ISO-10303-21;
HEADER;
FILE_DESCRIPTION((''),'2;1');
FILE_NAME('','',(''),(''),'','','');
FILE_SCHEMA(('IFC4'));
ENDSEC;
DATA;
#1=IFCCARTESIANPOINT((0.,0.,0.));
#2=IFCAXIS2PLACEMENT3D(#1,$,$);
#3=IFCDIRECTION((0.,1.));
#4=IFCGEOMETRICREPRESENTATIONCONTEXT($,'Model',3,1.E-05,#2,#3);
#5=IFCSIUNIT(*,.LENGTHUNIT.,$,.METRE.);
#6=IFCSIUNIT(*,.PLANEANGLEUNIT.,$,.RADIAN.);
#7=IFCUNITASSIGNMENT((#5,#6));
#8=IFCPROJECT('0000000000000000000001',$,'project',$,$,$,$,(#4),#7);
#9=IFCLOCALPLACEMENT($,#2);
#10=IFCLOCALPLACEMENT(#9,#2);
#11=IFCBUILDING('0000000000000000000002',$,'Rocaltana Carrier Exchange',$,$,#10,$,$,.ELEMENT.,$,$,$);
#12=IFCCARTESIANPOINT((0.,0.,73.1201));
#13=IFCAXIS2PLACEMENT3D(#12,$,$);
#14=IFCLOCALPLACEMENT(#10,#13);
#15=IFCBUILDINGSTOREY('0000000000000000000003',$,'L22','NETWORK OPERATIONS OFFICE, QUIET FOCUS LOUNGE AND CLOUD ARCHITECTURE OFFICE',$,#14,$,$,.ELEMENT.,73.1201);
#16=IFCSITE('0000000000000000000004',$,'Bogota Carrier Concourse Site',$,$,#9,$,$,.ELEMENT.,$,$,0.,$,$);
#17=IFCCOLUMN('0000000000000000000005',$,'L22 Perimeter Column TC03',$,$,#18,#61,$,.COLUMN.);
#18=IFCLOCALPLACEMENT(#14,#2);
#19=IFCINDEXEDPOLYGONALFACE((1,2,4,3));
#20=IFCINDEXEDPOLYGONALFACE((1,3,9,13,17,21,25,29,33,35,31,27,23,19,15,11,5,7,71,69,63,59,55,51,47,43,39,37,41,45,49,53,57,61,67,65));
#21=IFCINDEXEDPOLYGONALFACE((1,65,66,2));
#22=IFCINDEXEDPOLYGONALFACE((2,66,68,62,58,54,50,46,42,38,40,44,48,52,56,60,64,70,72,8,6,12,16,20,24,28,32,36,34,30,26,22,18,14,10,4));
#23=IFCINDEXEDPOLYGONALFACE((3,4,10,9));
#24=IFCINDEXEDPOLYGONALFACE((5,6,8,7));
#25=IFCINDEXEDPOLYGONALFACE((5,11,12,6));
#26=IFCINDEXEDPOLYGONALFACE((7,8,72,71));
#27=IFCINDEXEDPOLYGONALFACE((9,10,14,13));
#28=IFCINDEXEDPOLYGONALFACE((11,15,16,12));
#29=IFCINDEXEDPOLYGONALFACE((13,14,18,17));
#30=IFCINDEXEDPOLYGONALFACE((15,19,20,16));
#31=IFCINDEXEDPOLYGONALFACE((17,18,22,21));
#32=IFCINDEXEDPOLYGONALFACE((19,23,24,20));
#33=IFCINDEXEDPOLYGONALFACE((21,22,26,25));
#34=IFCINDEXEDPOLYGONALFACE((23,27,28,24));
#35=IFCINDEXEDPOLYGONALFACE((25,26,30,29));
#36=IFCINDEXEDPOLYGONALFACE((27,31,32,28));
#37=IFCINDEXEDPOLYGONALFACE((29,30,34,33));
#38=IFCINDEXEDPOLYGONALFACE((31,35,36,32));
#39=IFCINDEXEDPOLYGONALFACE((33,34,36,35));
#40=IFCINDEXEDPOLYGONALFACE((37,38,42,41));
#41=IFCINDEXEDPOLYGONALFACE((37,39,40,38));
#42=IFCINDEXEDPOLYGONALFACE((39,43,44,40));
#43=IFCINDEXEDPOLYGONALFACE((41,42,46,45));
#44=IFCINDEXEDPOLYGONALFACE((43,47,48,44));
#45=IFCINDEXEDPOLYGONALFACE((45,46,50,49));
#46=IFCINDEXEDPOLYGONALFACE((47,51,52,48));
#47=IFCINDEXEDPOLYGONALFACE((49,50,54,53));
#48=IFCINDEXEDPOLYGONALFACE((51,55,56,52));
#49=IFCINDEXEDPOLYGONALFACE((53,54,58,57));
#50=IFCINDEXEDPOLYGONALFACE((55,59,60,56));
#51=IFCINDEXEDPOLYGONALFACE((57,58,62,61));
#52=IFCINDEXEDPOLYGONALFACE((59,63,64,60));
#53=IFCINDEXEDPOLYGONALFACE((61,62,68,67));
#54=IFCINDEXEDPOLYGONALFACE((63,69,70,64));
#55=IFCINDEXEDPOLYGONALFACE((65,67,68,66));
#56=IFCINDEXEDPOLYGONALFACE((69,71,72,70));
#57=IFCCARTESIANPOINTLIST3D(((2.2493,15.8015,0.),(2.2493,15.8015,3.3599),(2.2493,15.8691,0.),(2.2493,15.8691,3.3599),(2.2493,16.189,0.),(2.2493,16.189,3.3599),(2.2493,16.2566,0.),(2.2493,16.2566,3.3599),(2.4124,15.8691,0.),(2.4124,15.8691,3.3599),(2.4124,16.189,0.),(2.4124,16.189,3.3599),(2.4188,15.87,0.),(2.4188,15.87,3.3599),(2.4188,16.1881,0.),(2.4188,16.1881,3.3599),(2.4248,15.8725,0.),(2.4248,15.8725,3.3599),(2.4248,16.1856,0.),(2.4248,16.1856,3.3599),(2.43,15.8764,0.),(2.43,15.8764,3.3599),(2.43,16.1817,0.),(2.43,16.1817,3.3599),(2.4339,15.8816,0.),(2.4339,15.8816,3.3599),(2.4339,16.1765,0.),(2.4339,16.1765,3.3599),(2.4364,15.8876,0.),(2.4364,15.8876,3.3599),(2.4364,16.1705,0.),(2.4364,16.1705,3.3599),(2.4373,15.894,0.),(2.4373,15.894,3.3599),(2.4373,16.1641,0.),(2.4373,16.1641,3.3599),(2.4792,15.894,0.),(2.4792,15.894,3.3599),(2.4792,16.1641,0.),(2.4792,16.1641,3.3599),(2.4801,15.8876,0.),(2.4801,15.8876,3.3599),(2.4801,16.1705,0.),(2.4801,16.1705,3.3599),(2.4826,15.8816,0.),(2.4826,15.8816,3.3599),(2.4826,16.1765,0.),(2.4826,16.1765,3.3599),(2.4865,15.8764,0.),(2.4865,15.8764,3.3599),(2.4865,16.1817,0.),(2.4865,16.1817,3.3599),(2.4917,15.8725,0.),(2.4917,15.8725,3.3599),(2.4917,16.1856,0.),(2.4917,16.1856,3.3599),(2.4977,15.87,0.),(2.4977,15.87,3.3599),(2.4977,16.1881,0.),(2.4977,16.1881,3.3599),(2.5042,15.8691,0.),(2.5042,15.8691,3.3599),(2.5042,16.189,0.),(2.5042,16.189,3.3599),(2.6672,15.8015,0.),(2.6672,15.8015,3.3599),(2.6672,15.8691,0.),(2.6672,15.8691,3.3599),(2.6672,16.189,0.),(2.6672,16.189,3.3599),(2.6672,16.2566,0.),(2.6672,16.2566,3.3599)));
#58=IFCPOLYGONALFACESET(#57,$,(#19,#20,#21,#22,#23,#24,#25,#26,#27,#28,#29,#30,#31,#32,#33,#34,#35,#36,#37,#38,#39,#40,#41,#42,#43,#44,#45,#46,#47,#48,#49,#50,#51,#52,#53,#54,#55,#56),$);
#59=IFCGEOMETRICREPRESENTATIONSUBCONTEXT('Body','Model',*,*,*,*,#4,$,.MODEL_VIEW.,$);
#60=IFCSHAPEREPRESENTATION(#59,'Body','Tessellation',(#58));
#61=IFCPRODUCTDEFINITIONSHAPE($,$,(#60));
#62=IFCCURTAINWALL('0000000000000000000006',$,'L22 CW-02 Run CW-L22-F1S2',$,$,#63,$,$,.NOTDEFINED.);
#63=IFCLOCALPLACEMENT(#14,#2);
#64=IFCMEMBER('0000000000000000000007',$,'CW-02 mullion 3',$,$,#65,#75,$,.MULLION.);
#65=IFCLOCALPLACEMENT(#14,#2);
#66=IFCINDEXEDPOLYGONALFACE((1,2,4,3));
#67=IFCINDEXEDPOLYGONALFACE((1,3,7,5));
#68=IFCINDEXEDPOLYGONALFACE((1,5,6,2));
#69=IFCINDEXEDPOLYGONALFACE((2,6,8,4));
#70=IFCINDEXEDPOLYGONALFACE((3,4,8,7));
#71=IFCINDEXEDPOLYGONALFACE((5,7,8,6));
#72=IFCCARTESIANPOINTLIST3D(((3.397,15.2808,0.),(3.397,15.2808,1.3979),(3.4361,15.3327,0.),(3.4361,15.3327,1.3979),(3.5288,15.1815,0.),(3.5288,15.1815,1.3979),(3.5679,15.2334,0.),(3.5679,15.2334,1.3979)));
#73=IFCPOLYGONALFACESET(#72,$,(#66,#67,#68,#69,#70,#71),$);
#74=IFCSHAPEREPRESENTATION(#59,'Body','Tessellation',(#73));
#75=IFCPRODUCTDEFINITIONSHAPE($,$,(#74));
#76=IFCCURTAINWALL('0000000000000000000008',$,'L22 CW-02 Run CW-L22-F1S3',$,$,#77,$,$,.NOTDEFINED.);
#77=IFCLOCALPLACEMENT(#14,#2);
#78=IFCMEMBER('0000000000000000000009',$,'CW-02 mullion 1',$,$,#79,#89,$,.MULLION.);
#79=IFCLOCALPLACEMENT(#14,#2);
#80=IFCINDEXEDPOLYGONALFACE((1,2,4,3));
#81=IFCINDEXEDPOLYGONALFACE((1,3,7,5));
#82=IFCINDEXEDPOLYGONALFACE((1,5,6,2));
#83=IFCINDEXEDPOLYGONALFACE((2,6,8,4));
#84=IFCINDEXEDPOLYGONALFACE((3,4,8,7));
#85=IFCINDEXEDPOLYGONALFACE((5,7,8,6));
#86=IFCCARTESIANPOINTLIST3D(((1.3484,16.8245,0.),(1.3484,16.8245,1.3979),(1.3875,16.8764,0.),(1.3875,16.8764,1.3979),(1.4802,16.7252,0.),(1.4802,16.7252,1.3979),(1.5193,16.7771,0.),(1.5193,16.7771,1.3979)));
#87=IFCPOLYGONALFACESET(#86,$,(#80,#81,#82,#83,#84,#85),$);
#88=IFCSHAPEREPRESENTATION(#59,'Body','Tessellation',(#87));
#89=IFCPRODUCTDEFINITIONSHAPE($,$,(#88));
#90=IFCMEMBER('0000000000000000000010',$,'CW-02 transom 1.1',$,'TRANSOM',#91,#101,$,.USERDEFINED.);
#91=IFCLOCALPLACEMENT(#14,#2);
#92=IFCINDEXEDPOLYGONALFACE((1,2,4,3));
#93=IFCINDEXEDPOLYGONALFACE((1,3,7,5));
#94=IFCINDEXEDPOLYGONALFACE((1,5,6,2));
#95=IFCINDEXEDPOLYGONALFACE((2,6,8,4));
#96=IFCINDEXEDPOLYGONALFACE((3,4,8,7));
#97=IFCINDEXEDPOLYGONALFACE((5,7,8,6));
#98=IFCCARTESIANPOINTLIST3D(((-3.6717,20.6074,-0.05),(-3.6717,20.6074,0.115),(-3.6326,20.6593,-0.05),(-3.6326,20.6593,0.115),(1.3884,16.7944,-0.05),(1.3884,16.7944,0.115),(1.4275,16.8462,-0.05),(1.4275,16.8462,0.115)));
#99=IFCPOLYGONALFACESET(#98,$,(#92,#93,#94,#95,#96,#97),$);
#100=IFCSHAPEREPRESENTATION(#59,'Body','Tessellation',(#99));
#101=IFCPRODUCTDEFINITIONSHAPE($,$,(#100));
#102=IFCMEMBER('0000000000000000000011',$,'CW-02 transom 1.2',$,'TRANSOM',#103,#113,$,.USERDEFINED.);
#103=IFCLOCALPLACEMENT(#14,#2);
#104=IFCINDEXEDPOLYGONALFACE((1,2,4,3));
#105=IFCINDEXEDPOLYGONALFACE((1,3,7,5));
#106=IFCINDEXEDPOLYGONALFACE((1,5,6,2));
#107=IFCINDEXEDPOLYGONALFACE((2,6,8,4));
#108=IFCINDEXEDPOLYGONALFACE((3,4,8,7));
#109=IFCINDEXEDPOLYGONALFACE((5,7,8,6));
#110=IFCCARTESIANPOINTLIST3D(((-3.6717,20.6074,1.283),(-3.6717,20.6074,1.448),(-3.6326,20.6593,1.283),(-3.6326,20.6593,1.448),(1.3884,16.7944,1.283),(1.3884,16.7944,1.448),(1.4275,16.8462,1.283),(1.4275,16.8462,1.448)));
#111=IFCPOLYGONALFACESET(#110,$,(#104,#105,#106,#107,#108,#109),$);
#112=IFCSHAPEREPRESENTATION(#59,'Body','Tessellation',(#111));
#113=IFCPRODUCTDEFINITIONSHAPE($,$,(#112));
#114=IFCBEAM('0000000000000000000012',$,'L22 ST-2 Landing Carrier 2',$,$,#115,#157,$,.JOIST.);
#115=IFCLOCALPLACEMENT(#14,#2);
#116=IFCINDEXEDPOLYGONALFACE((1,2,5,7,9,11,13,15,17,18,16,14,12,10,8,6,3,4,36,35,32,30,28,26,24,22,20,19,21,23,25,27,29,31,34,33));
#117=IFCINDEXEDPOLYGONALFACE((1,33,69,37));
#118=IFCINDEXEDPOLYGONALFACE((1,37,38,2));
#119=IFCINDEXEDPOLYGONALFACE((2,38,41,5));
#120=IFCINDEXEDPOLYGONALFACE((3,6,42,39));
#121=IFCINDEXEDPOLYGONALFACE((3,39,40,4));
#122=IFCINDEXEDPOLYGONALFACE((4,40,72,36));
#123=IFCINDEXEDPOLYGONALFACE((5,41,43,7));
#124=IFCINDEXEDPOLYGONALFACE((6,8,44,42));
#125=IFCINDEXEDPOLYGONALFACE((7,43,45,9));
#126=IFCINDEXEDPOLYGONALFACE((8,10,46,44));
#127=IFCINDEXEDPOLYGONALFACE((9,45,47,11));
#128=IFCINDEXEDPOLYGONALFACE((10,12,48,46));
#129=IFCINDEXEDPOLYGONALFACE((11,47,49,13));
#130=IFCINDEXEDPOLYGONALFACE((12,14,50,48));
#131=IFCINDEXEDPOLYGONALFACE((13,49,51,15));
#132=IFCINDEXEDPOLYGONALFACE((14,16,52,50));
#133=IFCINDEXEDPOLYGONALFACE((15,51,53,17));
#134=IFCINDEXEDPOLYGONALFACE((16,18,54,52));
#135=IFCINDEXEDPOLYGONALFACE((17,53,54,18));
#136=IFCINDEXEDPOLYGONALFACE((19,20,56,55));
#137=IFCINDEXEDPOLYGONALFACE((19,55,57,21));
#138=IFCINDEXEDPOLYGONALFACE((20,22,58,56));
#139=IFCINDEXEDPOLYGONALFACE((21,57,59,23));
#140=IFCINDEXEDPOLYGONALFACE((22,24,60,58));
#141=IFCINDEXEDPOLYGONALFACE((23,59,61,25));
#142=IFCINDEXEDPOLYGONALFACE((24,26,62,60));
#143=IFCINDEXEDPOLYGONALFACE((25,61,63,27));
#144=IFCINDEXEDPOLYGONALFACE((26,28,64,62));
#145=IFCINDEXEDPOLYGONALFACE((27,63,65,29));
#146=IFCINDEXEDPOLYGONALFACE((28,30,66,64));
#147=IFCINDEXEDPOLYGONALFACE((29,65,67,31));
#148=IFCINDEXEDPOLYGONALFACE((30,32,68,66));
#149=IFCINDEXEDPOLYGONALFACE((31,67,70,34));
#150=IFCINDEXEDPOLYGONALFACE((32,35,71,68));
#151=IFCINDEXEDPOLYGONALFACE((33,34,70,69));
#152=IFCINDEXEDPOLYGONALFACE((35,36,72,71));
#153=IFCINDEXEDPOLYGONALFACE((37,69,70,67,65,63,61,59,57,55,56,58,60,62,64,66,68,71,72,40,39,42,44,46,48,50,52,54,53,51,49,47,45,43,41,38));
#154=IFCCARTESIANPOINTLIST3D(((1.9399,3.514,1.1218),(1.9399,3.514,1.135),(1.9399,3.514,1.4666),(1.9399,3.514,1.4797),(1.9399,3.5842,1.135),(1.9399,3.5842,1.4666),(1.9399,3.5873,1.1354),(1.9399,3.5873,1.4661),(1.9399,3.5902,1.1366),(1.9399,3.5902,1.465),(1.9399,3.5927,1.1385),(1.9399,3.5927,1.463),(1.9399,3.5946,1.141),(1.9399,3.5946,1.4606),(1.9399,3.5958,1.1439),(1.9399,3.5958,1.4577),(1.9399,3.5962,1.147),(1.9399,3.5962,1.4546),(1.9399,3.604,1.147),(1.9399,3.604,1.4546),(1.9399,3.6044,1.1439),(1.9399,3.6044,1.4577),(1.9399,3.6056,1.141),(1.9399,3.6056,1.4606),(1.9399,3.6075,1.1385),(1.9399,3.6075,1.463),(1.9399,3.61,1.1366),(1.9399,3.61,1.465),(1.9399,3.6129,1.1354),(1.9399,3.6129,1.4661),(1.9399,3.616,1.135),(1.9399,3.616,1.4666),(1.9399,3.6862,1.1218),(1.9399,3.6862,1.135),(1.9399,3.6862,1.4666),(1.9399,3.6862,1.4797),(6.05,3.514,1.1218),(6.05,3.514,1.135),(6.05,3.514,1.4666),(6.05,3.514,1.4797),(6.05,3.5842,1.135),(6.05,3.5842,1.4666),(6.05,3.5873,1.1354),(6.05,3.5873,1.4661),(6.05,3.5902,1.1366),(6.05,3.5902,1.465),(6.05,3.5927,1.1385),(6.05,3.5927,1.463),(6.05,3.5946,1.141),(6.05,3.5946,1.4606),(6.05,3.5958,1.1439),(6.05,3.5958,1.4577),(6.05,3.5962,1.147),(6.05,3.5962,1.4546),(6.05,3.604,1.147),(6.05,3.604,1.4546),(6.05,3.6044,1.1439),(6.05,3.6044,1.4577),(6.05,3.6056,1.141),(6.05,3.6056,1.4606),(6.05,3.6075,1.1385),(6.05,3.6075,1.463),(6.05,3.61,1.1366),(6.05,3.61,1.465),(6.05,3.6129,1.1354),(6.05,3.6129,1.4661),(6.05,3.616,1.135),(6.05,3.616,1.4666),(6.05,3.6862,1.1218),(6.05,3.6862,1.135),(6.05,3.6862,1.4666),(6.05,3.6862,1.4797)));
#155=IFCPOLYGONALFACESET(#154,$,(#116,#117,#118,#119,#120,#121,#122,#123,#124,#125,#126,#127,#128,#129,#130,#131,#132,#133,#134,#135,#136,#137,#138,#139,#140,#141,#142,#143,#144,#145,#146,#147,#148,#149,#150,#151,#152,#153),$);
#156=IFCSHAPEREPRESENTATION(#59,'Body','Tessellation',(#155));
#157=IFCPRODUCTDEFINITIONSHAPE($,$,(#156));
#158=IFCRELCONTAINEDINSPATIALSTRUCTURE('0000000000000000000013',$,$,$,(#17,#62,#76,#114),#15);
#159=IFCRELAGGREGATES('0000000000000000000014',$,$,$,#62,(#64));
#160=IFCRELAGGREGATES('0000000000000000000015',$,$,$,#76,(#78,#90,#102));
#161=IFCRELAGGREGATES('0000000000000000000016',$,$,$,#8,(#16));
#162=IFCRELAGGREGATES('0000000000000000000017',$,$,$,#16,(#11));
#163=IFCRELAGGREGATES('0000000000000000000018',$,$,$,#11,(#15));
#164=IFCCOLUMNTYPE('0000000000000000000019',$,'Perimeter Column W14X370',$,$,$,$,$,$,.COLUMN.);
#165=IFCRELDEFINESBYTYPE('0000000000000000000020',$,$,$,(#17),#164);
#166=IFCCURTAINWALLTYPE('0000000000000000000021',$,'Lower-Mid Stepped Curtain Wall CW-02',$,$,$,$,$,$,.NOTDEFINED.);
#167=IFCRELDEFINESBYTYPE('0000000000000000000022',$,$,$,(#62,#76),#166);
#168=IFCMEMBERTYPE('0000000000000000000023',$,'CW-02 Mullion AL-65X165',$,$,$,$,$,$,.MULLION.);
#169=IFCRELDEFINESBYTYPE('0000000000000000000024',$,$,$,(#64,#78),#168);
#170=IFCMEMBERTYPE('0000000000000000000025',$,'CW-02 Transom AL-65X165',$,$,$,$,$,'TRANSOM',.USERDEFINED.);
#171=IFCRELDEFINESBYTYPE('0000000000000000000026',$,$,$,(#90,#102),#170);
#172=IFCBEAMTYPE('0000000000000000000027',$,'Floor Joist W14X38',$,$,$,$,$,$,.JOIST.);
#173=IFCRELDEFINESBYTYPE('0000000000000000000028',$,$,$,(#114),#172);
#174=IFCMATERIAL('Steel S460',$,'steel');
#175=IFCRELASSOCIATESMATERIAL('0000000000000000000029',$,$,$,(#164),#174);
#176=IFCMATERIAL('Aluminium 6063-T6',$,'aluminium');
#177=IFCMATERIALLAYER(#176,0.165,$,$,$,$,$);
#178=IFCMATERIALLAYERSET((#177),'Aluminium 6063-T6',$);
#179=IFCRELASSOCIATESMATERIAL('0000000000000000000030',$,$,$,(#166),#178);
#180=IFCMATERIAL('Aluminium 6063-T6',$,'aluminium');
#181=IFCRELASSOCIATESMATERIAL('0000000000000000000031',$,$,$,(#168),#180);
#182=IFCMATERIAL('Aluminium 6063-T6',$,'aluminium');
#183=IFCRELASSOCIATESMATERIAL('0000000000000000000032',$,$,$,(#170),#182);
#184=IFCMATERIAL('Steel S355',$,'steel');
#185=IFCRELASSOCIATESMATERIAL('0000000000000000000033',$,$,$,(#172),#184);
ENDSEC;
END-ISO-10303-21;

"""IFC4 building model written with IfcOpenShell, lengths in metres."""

from ifc_helpers import new_model, si_unit, direction, frame, origin, origin_2d, place, context, subcontext, project, spatial, rectangle, i_section, extrude, material, layer, layer_set, material_profile, profile_set, type_object, element, aggregate, save


model = new_model("IFC4")

# Units and contexts
model_context = context("Model", 3, precision=1e-05, world=origin(), true_north=direction((0.0, 1.0)))
body_context = subcontext(model_context, "Body", "Model", "MODEL_VIEW")
ifc_project = project(units=[si_unit("LENGTHUNIT", "METRE"), si_unit("PLANEANGLEUNIT", "RADIAN")], contexts=[model_context])

# Site, building, storey
site_placement = place(None, origin())
site = spatial("IfcSite", under=ifc_project, at=site_placement, Name="Bogota Carrier Concourse Site", CompositionType="ELEMENT", RefElevation=0.0)
building_placement = place(site_placement, origin())
building = spatial("IfcBuilding", under=site, at=building_placement, Name="Rocaltana Carrier Exchange", CompositionType="ELEMENT")
storey_placement = place(building_placement, frame((0.0, 0.0, 73.1201)))
storey = spatial("IfcBuildingStorey", under=building, at=storey_placement, Name="L22", Description="NETWORK OPERATIONS OFFICE, QUIET FOCUS LOUNGE AND CLOUD ARCHITECTURE OFFICE", CompositionType="ELEMENT", Elevation=73.1201)

# Column
ifc_material_1 = material(Name="Steel S460", Category="steel")
ifc_material_profile_1 = material_profile(ifc_material_1, i_section(OverallWidth=0.418, OverallDepth=0.4551, WebThickness=0.042, FlangeThickness=0.0676, FilletRadius=0.0249, at=origin_2d()), Name="W14X370")
ifc_profile_set_1 = profile_set([ifc_material_profile_1], Name="Steel S460")
column_type = type_object("IfcColumnType", Name="Perimeter Column W14X370", PredefinedType="COLUMN", material=ifc_profile_set_1)
column_placement = place(storey_placement, frame((2.4583, 16.0291, 0.0), z_axis=(0.0, 0.0, 1.0), x_axis=(1.0, 0.0, 0.0)))
element("IfcColumn", 1, at=column_placement, inside=storey, type_object=column_type, Name="L22 Perimeter Column TC03", PredefinedType="COLUMN", context=body_context, shape_type="SweptSolid", body=[
    extrude(i_section(OverallWidth=0.418, OverallDepth=0.4551, WebThickness=0.042, FlangeThickness=0.0676, FilletRadius=0.0249, at=origin_2d()), origin(), (0.0, 0.0, 1.0), 3.3599),
])

# Curtain wall, member
ifc_material_2 = material(Name="Aluminium 6063-T6", Category="aluminium")
ifc_layer_1 = layer(ifc_material_2, 0.165)
ifc_layer_set_1 = layer_set([ifc_layer_1], Name="Aluminium 6063-T6")
curtain_wall_type = type_object("IfcCurtainWallType", Name="Lower-Mid Stepped Curtain Wall CW-02", PredefinedType="NOTDEFINED", material=ifc_layer_set_1)
curtain_wall_1_placement = place(storey_placement, origin())
curtain_wall_1 = element("IfcCurtainWall", 2, at=curtain_wall_1_placement, inside=storey, type_object=curtain_wall_type, Name="L22 CW-02 Run CW-L22-F1S2", PredefinedType="NOTDEFINED")
ifc_material_3 = material(Name="Aluminium 6063-T6", Category="aluminium")
ifc_material_profile_2 = material_profile(ifc_material_3, rectangle(XDim=0.0649, YDim=0.165, at=origin_2d()), Name="AL-65X165")
ifc_profile_set_2 = profile_set([ifc_material_profile_2], Name="Aluminium 6063-T6")
member_type_1 = type_object("IfcMemberType", Name="CW-02 Mullion AL-65X165", PredefinedType="MULLION", material=ifc_profile_set_2)
member_1_placement = place(storey_placement, frame((3.4824, 15.2571, 0.0), z_axis=(0.0, 0.0, 1.0), x_axis=(-0.601815, -0.798635, 0.0)))
member_1 = element("IfcMember", 3, at=member_1_placement, type_object=member_type_1, Name="CW-02 mullion 3", PredefinedType="MULLION", context=body_context, shape_type="SweptSolid", body=[
    extrude(rectangle(XDim=0.0649, YDim=0.165, at=origin_2d()), origin(), (0.0, 0.0, 1.0), 1.3979),
])
aggregate(curtain_wall_1, [member_1])

# Curtain wall, members
curtain_wall_2_placement = place(storey_placement, origin())
curtain_wall_2 = element("IfcCurtainWall", 4, at=curtain_wall_2_placement, inside=storey, type_object=curtain_wall_type, Name="L22 CW-02 Run CW-L22-F1S3", PredefinedType="NOTDEFINED")
member_2_placement = place(storey_placement, frame((1.4338, 16.8008, 0.0), z_axis=(0.0, 0.0, 1.0), x_axis=(-0.601812, -0.798638, 0.0)))
member_2 = element("IfcMember", 5, at=member_2_placement, type_object=member_type_1, Name="CW-02 mullion 1", PredefinedType="MULLION", context=body_context, shape_type="SweptSolid", body=[
    extrude(rectangle(XDim=0.0649, YDim=0.165, at=origin_2d()), origin(), (0.0, 0.0, 1.0), 1.3979),
])
ifc_material_4 = material(Name="Aluminium 6063-T6", Category="aluminium")
ifc_material_profile_3 = material_profile(ifc_material_4, rectangle(XDim=0.0649, YDim=0.165, at=origin_2d()), Name="AL-65X165")
ifc_profile_set_3 = profile_set([ifc_material_profile_3], Name="Aluminium 6063-T6")
member_type_2 = type_object("IfcMemberType", Name="CW-02 Transom AL-65X165", ElementType="TRANSOM", PredefinedType="USERDEFINED", material=ifc_profile_set_3)
member_3_placement = place(storey_placement, frame((1.408, 16.8203, 0.0325), z_axis=(-0.798638, 0.601811, 0.0), x_axis=(-0.601811, -0.798638, 0.0)))
member_3 = element("IfcMember", 6, at=member_3_placement, type_object=member_type_2, Name="CW-02 transom 1.1", ObjectType="TRANSOM", PredefinedType="USERDEFINED", context=body_context, shape_type="SweptSolid", body=[
    extrude(rectangle(XDim=0.0649, YDim=0.165, at=origin_2d()), origin(), (0.0, 0.0, 1.0), 6.3359),
])
member_4_placement = place(storey_placement, frame((1.408, 16.8203, 1.3655), z_axis=(-0.798638, 0.601811, 0.0), x_axis=(-0.601811, -0.798638, 0.0)))
member_4 = element("IfcMember", 7, at=member_4_placement, type_object=member_type_2, Name="CW-02 transom 1.2", ObjectType="TRANSOM", PredefinedType="USERDEFINED", context=body_context, shape_type="SweptSolid", body=[
    extrude(rectangle(XDim=0.0649, YDim=0.165, at=origin_2d()), origin(), (0.0, 0.0, 1.0), 6.3359),
])

# Beam
ifc_material_5 = material(Name="Steel S355", Category="steel")
ifc_material_profile_4 = material_profile(ifc_material_5, i_section(OverallWidth=0.1721, OverallDepth=0.3579, WebThickness=0.0078, FlangeThickness=0.0132, FilletRadius=0.012, at=origin_2d()), Name="W14X38")
ifc_profile_set_4 = profile_set([ifc_material_profile_4], Name="Steel S355")
beam_type_1 = type_object("IfcBeamType", Name="Floor Joist W14X38", PredefinedType="JOIST", material=ifc_profile_set_4)
beam_1_placement = place(storey_placement, frame((1.9399, 3.6001, 1.3008), z_axis=(1.0, 0.0, 0.0), x_axis=(0.0, 1.0, 0.0)))
element("IfcBeam", 8, at=beam_1_placement, inside=storey, type_object=beam_type_1, Name="L22 ST-2 Landing Carrier 2", PredefinedType="JOIST", context=body_context, shape_type="SweptSolid", body=[
    extrude(i_section(OverallWidth=0.1721, OverallDepth=0.3579, WebThickness=0.0078, FlangeThickness=0.0132, FilletRadius=0.012, at=origin_2d()), origin(), (0.0, 0.0, 1.0), 4.1101),
])

aggregate(curtain_wall_2, [member_2, member_3, member_4])

save(model, "model.ifc")
